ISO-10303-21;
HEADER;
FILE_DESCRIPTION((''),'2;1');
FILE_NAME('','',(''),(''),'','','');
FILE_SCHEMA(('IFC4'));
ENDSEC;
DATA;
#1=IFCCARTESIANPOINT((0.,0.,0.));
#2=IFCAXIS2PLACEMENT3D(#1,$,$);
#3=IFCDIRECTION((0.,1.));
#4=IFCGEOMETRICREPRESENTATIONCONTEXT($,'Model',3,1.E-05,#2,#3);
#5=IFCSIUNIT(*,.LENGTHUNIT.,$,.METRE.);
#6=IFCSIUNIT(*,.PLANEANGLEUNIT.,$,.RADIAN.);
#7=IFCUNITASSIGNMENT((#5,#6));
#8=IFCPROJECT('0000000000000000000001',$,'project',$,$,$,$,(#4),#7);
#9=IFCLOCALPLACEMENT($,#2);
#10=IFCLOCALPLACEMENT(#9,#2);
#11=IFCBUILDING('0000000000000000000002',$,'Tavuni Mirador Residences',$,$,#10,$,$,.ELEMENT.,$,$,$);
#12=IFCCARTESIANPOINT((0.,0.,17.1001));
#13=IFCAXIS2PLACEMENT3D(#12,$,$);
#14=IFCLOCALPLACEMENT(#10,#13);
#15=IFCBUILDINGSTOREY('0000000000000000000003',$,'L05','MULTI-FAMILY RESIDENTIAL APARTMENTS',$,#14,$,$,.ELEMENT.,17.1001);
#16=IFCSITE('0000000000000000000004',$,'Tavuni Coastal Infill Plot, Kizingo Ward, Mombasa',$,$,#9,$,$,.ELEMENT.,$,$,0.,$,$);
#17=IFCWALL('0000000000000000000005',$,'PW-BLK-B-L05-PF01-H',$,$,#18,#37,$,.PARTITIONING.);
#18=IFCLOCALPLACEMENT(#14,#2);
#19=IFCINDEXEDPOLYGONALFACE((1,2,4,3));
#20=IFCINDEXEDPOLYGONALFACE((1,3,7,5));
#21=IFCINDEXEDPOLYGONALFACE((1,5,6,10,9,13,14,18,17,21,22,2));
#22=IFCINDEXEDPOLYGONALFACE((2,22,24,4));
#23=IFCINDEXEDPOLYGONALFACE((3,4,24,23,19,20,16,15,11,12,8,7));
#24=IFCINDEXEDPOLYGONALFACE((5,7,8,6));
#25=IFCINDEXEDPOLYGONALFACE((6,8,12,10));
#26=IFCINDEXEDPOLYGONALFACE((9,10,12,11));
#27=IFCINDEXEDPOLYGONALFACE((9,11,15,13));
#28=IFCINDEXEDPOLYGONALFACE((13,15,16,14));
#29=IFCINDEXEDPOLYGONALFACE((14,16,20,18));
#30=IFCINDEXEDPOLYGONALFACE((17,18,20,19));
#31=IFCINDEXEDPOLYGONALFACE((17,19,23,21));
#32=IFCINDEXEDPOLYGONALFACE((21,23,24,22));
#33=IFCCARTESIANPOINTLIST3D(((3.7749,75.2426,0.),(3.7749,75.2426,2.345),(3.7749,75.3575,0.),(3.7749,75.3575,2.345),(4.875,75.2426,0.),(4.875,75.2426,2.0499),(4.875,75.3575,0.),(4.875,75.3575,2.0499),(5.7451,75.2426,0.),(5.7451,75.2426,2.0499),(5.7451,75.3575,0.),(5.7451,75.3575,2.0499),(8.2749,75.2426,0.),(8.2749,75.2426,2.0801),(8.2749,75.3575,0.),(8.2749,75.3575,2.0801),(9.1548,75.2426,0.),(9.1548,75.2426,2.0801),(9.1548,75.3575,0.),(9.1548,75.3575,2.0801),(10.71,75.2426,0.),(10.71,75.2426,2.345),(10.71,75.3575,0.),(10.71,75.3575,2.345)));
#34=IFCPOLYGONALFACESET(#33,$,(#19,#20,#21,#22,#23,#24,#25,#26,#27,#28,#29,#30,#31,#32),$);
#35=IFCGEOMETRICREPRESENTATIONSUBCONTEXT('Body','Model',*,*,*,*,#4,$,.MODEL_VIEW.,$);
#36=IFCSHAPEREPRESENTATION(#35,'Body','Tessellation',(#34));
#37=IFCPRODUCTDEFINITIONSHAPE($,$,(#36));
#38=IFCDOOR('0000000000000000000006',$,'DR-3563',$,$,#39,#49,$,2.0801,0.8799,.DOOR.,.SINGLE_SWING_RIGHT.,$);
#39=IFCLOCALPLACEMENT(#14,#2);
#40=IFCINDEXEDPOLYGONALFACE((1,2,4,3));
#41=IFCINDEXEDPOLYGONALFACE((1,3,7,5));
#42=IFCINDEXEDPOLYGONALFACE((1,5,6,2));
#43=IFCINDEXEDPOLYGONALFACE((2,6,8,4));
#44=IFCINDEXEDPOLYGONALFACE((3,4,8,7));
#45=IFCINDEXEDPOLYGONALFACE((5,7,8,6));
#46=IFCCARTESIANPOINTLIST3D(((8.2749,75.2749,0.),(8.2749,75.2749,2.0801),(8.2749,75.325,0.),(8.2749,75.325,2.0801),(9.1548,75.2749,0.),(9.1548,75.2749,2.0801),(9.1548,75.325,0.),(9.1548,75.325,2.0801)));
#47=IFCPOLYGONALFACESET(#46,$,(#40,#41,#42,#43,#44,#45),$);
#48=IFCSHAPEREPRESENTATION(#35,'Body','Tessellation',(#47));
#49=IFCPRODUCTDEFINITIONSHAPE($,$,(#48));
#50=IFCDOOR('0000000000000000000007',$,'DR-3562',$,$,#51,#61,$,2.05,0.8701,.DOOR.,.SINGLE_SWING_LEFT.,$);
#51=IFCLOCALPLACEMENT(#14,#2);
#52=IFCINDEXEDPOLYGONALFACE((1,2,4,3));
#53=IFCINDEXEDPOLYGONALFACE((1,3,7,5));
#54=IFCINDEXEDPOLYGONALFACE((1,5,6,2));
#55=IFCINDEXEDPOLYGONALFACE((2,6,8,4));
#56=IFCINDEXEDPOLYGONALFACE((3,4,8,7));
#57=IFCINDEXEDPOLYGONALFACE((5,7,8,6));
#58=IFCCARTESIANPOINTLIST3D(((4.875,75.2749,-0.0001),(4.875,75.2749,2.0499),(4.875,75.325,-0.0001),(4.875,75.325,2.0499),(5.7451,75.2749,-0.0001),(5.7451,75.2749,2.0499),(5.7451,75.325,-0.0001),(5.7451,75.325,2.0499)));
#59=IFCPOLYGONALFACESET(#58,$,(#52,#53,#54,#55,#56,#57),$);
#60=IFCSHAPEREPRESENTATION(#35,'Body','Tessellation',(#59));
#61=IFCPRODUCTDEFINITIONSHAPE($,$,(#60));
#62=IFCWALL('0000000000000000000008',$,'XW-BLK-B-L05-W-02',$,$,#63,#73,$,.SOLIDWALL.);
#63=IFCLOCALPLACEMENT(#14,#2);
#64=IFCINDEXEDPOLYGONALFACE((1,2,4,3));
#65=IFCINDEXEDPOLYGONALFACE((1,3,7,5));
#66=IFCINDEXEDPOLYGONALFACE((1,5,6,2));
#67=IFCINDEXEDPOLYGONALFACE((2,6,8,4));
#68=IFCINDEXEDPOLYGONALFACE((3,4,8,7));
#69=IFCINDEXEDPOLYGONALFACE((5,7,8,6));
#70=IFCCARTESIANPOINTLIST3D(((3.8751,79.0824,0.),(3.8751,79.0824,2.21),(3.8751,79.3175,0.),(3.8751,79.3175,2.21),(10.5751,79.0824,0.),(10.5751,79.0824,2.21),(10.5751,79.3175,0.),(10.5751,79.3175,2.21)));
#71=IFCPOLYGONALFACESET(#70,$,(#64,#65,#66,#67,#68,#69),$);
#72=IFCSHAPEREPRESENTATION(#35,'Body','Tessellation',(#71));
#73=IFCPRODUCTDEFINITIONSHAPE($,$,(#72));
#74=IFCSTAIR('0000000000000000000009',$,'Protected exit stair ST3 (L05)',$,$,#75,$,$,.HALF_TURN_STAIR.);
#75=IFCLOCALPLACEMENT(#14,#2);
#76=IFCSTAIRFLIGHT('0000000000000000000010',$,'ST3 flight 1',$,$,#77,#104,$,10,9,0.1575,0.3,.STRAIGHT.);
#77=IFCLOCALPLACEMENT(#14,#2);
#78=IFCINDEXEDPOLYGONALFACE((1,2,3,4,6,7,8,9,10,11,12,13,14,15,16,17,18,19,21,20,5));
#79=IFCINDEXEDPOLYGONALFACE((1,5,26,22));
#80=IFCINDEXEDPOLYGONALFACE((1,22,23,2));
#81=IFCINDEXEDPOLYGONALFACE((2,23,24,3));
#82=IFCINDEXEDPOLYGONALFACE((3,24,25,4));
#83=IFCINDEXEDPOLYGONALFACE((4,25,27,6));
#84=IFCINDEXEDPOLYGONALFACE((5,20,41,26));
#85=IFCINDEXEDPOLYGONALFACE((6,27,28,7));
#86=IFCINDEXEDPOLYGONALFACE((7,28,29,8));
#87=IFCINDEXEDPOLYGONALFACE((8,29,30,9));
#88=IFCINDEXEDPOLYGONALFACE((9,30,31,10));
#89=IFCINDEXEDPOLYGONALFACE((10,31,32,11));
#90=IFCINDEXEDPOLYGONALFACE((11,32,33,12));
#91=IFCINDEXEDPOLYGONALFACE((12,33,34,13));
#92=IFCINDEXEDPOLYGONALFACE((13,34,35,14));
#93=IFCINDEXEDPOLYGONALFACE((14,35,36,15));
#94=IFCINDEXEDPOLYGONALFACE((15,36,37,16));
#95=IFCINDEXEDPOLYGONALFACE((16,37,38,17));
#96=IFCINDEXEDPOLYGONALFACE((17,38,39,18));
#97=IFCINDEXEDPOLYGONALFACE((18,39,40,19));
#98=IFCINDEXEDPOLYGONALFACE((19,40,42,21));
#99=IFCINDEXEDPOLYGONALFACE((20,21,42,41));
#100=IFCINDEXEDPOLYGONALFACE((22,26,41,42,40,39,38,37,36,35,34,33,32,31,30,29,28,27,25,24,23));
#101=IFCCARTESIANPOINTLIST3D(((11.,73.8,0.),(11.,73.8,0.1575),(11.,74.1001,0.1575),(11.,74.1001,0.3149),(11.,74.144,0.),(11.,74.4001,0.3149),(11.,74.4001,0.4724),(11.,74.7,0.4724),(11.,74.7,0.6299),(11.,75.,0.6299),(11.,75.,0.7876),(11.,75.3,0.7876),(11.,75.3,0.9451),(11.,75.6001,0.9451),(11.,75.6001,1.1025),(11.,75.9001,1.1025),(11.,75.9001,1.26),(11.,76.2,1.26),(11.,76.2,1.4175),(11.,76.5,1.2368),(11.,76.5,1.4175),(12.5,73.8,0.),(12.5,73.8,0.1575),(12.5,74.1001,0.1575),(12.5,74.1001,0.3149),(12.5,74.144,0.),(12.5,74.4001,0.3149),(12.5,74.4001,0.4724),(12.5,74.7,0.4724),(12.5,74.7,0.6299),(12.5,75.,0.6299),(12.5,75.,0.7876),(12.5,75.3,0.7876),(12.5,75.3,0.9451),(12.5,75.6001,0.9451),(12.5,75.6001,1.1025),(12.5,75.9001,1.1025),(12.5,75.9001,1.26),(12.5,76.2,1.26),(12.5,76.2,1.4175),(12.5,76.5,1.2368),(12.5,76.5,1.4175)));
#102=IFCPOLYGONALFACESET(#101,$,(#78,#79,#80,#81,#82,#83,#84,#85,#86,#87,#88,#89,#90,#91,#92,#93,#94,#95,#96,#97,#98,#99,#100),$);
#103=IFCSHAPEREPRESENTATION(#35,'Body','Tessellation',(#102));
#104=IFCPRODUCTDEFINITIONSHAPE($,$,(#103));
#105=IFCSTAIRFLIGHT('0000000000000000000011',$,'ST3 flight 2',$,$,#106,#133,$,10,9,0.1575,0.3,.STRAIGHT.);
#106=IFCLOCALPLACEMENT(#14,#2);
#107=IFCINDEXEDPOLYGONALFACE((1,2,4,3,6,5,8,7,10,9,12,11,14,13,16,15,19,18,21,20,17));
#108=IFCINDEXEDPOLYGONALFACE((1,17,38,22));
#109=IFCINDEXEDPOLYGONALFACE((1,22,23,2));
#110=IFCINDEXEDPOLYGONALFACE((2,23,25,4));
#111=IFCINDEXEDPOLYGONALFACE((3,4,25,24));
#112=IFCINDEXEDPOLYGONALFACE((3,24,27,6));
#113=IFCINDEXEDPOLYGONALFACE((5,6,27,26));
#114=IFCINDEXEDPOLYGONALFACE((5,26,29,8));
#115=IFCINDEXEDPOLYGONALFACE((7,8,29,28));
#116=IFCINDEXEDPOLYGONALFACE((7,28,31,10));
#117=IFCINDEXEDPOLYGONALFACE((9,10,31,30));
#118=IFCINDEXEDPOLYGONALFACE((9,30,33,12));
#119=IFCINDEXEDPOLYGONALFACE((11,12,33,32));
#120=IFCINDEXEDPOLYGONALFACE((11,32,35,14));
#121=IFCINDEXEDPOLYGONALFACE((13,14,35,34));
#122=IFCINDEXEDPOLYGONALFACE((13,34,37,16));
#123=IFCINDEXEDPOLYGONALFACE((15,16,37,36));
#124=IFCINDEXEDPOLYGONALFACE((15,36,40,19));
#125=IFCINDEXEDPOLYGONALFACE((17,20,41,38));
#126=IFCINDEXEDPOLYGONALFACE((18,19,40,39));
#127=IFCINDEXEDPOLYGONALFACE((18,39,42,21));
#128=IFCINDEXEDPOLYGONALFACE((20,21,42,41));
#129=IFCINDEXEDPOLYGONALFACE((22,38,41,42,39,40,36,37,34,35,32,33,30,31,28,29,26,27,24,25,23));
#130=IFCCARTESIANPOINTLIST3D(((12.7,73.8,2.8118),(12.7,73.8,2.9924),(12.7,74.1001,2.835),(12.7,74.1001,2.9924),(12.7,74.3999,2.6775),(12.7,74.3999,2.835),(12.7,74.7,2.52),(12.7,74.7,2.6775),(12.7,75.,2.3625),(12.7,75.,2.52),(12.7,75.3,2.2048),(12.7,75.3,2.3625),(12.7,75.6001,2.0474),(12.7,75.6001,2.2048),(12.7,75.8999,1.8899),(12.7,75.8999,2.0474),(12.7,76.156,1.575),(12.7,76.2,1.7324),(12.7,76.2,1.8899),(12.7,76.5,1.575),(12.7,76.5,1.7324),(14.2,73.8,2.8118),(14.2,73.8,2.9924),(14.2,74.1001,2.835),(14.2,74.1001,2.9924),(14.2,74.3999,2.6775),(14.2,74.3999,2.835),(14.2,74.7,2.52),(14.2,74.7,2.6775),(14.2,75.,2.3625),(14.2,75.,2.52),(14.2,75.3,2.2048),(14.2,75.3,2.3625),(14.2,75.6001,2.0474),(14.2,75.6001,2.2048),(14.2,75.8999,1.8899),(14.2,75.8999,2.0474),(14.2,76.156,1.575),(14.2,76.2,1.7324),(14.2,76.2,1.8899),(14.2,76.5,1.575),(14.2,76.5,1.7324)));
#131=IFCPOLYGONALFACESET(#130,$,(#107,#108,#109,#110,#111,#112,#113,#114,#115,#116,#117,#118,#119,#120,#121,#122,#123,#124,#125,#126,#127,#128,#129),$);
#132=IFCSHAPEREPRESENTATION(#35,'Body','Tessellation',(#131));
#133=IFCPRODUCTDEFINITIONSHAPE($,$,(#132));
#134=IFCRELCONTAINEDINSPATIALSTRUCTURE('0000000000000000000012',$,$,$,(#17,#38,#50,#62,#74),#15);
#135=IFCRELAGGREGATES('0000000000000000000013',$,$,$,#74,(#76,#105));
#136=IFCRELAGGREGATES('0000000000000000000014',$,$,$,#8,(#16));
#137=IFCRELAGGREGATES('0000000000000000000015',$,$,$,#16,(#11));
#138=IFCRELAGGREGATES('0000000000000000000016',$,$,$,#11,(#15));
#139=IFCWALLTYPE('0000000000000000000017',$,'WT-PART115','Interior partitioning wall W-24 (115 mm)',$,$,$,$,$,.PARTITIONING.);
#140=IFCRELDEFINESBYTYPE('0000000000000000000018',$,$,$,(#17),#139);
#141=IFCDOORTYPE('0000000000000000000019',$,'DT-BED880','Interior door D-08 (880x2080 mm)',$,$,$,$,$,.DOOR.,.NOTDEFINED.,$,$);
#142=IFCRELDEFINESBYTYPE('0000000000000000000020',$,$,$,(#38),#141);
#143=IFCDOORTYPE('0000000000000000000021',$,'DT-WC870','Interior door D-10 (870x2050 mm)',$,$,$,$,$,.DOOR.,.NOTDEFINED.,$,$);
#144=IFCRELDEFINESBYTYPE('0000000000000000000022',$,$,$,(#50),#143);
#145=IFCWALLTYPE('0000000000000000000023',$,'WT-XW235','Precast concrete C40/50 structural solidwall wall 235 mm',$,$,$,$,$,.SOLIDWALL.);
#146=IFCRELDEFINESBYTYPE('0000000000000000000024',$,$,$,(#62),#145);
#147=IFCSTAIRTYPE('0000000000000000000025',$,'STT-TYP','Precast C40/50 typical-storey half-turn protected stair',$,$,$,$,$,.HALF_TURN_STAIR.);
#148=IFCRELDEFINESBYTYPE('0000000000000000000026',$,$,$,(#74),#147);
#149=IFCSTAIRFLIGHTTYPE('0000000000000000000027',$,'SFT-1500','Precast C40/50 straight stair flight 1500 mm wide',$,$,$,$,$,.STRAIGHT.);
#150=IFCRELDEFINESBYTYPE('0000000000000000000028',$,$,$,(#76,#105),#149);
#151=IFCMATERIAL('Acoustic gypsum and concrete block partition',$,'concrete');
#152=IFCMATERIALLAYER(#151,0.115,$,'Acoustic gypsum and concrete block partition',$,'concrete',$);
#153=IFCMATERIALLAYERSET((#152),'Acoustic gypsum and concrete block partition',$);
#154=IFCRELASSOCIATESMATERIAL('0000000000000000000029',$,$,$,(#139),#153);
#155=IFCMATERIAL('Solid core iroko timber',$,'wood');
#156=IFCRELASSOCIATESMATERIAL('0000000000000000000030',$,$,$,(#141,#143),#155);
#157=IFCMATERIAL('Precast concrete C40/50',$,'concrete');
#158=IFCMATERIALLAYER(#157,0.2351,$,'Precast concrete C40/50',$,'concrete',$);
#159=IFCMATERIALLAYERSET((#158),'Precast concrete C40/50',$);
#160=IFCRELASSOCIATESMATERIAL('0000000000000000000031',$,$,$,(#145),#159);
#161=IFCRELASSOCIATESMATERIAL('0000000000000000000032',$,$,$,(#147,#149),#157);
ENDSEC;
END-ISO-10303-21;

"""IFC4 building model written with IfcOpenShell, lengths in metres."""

from ifc_helpers import new_model, si_unit, direction, frame, frame_2d, origin, place, context, subcontext, project, spatial, polyline, rectangle, outline, extrude, material, layer, layer_set, type_object, element, fill, aggregate, save


model = new_model("IFC4")

# Units and contexts
model_context = context("Model", 3, precision=1e-05, world=origin(), true_north=direction((0.0, 1.0)))
body_context = subcontext(model_context, "Body", "Model", "MODEL_VIEW")
ifc_project = project(units=[si_unit("LENGTHUNIT", "METRE"), si_unit("PLANEANGLEUNIT", "RADIAN")], contexts=[model_context])

# Site, building, storey
site_placement = place(None, origin())
site = spatial("IfcSite", under=ifc_project, at=site_placement, Name="Tavuni Coastal Infill Plot, Kizingo Ward, Mombasa", CompositionType="ELEMENT", RefElevation=0.0)
building_placement = place(site_placement, origin())
building = spatial("IfcBuilding", under=site, at=building_placement, Name="Tavuni Mirador Residences", CompositionType="ELEMENT")
storey_placement = place(building_placement, frame((0.0, 0.0, 17.1001)))
storey = spatial("IfcBuildingStorey", under=building, at=storey_placement, Name="L05", Description="MULTI-FAMILY RESIDENTIAL APARTMENTS", CompositionType="ELEMENT", Elevation=17.1001)

# Shared definitions
ifc_material_1 = material(Name="Precast concrete C40/50", Category="concrete")

# Shared definitions
ifc_material_2 = material(Name="Solid core iroko timber", Category="wood")

# Shared definitions
ifc_material_3 = material(Name="Acoustic gypsum and concrete block partition", Category="concrete")

# Wall, openings, doors
ifc_layer_1 = layer(ifc_material_3, 0.115, Name="Acoustic gypsum and concrete block partition", Category="concrete")
ifc_layer_set_1 = layer_set([ifc_layer_1], Name="Acoustic gypsum and concrete block partition")
wall_type_1 = type_object("IfcWallType", Name="WT-PART115", Description="Interior partitioning wall W-24 (115 mm)", PredefinedType="PARTITIONING", material=ifc_layer_set_1)
wall_1_placement = place(storey_placement, frame((3.7749, 75.3, 0.0), z_axis=(0.0, 0.0, 1.0), x_axis=(1.0, 0.0, 0.0)))
wall_1 = element("IfcWall", 1, at=wall_1_placement, inside=storey, type_object=wall_type_1, Name="PW-BLK-B-L05-PF01-H", PredefinedType="PARTITIONING", context=body_context, shape_type="SweptSolid", body=[
    extrude(rectangle(XDim=6.9351, YDim=0.115, at=frame_2d((3.4675, 0.0))), origin(), (0.0, 0.0, 1.0), 2.345),
])
opening_1_placement = place(wall_1_placement, frame((1.1001, 0.0, 0.0)))
opening_1 = element("IfcOpeningElement", 2, at=opening_1_placement, cuts=wall_1, PredefinedType="OPENING", context=body_context, shape_type="SweptSolid", body=[
    extrude(rectangle(XDim=0.8701, YDim=2.05, at=frame_2d((0.4351, 1.0249))), frame((0.0, 0.0674, 0.0), z_axis=(0.0, -1.0, 0.0), x_axis=(1.0, 0.0, 0.0)), (0.0, 0.0, 1.0), 0.135),
])
opening_2_placement = place(wall_1_placement, frame((4.5, 0.0, 0.0)))
opening_2 = element("IfcOpeningElement", 3, at=opening_2_placement, cuts=wall_1, PredefinedType="OPENING", context=body_context, shape_type="SweptSolid", body=[
    extrude(rectangle(XDim=0.8799, YDim=2.0801, at=frame_2d((0.4399, 1.04))), frame((0.0, 0.0674, 0.0), z_axis=(0.0, -1.0, 0.0), x_axis=(1.0, 0.0, 0.0)), (0.0, 0.0, 1.0), 0.135),
])
door_type_1 = type_object("IfcDoorType", Name="DT-BED880", Description="Interior door D-08 (880x2080 mm)", OperationType="NOTDEFINED", PredefinedType="DOOR", material=ifc_material_2)
door_1_placement = place(opening_2_placement, origin())
door_1 = element("IfcDoor", 4, at=door_1_placement, inside=storey, type_object=door_type_1, Name="DR-3563", OperationType="SINGLE_SWING_RIGHT", OverallHeight=2.0801, OverallWidth=0.8799, PredefinedType="DOOR", context=body_context, shape_type="SweptSolid", body=[
    extrude(rectangle(XDim=0.8799, YDim=2.0801, at=frame_2d((0.4399, 1.04))), frame((0.0, 0.0249, 0.0), z_axis=(0.0, -1.0, 0.0), x_axis=(1.0, 0.0, 0.0)), (0.0, 0.0, 1.0), 0.05),
])
fill(opening_2, door_1)
door_type_2 = type_object("IfcDoorType", Name="DT-WC870", Description="Interior door D-10 (870x2050 mm)", OperationType="NOTDEFINED", PredefinedType="DOOR", material=ifc_material_2)
door_2_placement = place(opening_1_placement, origin())
door_2 = element("IfcDoor", 5, at=door_2_placement, inside=storey, type_object=door_type_2, Name="DR-3562", OperationType="SINGLE_SWING_LEFT", OverallHeight=2.05, OverallWidth=0.8701, PredefinedType="DOOR", context=body_context, shape_type="SweptSolid", body=[
    extrude(rectangle(XDim=0.8701, YDim=2.05, at=frame_2d((0.4351, 1.0249))), frame((0.0, 0.0249, 0.0), z_axis=(0.0, -1.0, 0.0), x_axis=(1.0, 0.0, 0.0)), (0.0, 0.0, 1.0), 0.05),
])
fill(opening_1, door_2)

# Wall
ifc_layer_2 = layer(ifc_material_1, 0.2351, Name="Precast concrete C40/50", Category="concrete")
ifc_layer_set_2 = layer_set([ifc_layer_2], Name="Precast concrete C40/50")
wall_type_2 = type_object("IfcWallType", Name="WT-XW235", Description="Precast concrete C40/50 structural solidwall wall 235 mm", PredefinedType="SOLIDWALL", material=ifc_layer_set_2)
wall_2_placement = place(storey_placement, frame((3.875, 79.2, 0.0), z_axis=(0.0, 0.0, 1.0), x_axis=(1.0, 0.0, 0.0)))
element("IfcWall", 6, at=wall_2_placement, inside=storey, type_object=wall_type_2, Name="XW-BLK-B-L05-W-02", PredefinedType="SOLIDWALL", context=body_context, shape_type="SweptSolid", body=[
    extrude(rectangle(XDim=6.7, YDim=0.2351, at=frame_2d((3.3501, 0.0))), origin(), (0.0, 0.0, 1.0), 2.21),
])

# Stair, stair flights
stair_type = type_object("IfcStairType", Name="STT-TYP", Description="Precast C40/50 typical-storey half-turn protected stair", PredefinedType="HALF_TURN_STAIR", material=ifc_material_1)
stair_placement = place(storey_placement, origin())
stair = element("IfcStair", 7, at=stair_placement, inside=storey, type_object=stair_type, Name="Protected exit stair ST3 (L05)", PredefinedType="HALF_TURN_STAIR")
stair_flight_type = type_object("IfcStairFlightType", Name="SFT-1500", Description="Precast C40/50 straight stair flight 1500 mm wide", PredefinedType="STRAIGHT", material=ifc_material_1)
stair_flight_1_placement = place(storey_placement, frame((11.75, 73.8, 0.0), z_axis=(0.0, 0.0, 1.0), x_axis=(0.0, 1.0, 0.0)))
stair_flight_1 = element("IfcStairFlight", 8, at=stair_flight_1_placement, type_object=stair_flight_type, Name="ST3 flight 1", NumberOfRisers=10, NumberOfTreads=9, PredefinedType="STRAIGHT", RiserHeight=0.1575, TreadLength=0.3, context=body_context, shape_type="SweptSolid", body=[
    extrude(outline(polyline([(0.0, 0.0), (0.0, 0.1575), (0.3, 0.1575), (0.3, 0.3149), (0.6001, 0.3149), (0.6001, 0.4724), (0.8999, 0.4724), (0.8999, 0.6299), (1.2, 0.6299), (1.2, 0.7876), (1.5, 0.7876), (1.5, 0.9451), (1.8, 0.9451), (1.8, 1.1025), (2.1001, 1.1025), (2.1001, 1.26), (2.3999, 1.26), (2.3999, 1.4175), (2.7, 1.4175), (2.7, 1.575), (2.7, 1.2368), (0.344, 0.0), (0.0, 0.0)])), frame((0.0, 0.75, 0.0), z_axis=(0.0, -1.0, 0.0), x_axis=(1.0, 0.0, 0.0)), (0.0, 0.0, 1.0), 1.5),
])
stair_flight_2_placement = place(storey_placement, frame((13.45, 76.5, 1.575), z_axis=(0.0, 0.0, 1.0), x_axis=(0.0, -1.0, 0.0)))
stair_flight_2 = element("IfcStairFlight", 9, at=stair_flight_2_placement, type_object=stair_flight_type, Name="ST3 flight 2", NumberOfRisers=10, NumberOfTreads=9, PredefinedType="STRAIGHT", RiserHeight=0.1575, TreadLength=0.3, context=body_context, shape_type="SweptSolid", body=[
    extrude(outline(polyline([(0.0, 0.0), (0.0, 0.1575), (0.3, 0.1575), (0.3, 0.3149), (0.6001, 0.3149), (0.6001, 0.4724), (0.8999, 0.4724), (0.8999, 0.6299), (1.2, 0.6299), (1.2, 0.7876), (1.5, 0.7876), (1.5, 0.9451), (1.8, 0.9451), (1.8, 1.1025), (2.1001, 1.1025), (2.1001, 1.26), (2.3999, 1.26), (2.3999, 1.4175), (2.7, 1.4175), (2.7, 1.575), (2.7, 1.2368), (0.344, 0.0), (0.0, 0.0)])), frame((0.0, 0.75, 0.0), z_axis=(0.0, -1.0, 0.0), x_axis=(1.0, 0.0, 0.0)), (0.0, 0.0, 1.0), 1.5),
])
aggregate(stair, [stair_flight_1, stair_flight_2])

save(model, "model.ifc")
